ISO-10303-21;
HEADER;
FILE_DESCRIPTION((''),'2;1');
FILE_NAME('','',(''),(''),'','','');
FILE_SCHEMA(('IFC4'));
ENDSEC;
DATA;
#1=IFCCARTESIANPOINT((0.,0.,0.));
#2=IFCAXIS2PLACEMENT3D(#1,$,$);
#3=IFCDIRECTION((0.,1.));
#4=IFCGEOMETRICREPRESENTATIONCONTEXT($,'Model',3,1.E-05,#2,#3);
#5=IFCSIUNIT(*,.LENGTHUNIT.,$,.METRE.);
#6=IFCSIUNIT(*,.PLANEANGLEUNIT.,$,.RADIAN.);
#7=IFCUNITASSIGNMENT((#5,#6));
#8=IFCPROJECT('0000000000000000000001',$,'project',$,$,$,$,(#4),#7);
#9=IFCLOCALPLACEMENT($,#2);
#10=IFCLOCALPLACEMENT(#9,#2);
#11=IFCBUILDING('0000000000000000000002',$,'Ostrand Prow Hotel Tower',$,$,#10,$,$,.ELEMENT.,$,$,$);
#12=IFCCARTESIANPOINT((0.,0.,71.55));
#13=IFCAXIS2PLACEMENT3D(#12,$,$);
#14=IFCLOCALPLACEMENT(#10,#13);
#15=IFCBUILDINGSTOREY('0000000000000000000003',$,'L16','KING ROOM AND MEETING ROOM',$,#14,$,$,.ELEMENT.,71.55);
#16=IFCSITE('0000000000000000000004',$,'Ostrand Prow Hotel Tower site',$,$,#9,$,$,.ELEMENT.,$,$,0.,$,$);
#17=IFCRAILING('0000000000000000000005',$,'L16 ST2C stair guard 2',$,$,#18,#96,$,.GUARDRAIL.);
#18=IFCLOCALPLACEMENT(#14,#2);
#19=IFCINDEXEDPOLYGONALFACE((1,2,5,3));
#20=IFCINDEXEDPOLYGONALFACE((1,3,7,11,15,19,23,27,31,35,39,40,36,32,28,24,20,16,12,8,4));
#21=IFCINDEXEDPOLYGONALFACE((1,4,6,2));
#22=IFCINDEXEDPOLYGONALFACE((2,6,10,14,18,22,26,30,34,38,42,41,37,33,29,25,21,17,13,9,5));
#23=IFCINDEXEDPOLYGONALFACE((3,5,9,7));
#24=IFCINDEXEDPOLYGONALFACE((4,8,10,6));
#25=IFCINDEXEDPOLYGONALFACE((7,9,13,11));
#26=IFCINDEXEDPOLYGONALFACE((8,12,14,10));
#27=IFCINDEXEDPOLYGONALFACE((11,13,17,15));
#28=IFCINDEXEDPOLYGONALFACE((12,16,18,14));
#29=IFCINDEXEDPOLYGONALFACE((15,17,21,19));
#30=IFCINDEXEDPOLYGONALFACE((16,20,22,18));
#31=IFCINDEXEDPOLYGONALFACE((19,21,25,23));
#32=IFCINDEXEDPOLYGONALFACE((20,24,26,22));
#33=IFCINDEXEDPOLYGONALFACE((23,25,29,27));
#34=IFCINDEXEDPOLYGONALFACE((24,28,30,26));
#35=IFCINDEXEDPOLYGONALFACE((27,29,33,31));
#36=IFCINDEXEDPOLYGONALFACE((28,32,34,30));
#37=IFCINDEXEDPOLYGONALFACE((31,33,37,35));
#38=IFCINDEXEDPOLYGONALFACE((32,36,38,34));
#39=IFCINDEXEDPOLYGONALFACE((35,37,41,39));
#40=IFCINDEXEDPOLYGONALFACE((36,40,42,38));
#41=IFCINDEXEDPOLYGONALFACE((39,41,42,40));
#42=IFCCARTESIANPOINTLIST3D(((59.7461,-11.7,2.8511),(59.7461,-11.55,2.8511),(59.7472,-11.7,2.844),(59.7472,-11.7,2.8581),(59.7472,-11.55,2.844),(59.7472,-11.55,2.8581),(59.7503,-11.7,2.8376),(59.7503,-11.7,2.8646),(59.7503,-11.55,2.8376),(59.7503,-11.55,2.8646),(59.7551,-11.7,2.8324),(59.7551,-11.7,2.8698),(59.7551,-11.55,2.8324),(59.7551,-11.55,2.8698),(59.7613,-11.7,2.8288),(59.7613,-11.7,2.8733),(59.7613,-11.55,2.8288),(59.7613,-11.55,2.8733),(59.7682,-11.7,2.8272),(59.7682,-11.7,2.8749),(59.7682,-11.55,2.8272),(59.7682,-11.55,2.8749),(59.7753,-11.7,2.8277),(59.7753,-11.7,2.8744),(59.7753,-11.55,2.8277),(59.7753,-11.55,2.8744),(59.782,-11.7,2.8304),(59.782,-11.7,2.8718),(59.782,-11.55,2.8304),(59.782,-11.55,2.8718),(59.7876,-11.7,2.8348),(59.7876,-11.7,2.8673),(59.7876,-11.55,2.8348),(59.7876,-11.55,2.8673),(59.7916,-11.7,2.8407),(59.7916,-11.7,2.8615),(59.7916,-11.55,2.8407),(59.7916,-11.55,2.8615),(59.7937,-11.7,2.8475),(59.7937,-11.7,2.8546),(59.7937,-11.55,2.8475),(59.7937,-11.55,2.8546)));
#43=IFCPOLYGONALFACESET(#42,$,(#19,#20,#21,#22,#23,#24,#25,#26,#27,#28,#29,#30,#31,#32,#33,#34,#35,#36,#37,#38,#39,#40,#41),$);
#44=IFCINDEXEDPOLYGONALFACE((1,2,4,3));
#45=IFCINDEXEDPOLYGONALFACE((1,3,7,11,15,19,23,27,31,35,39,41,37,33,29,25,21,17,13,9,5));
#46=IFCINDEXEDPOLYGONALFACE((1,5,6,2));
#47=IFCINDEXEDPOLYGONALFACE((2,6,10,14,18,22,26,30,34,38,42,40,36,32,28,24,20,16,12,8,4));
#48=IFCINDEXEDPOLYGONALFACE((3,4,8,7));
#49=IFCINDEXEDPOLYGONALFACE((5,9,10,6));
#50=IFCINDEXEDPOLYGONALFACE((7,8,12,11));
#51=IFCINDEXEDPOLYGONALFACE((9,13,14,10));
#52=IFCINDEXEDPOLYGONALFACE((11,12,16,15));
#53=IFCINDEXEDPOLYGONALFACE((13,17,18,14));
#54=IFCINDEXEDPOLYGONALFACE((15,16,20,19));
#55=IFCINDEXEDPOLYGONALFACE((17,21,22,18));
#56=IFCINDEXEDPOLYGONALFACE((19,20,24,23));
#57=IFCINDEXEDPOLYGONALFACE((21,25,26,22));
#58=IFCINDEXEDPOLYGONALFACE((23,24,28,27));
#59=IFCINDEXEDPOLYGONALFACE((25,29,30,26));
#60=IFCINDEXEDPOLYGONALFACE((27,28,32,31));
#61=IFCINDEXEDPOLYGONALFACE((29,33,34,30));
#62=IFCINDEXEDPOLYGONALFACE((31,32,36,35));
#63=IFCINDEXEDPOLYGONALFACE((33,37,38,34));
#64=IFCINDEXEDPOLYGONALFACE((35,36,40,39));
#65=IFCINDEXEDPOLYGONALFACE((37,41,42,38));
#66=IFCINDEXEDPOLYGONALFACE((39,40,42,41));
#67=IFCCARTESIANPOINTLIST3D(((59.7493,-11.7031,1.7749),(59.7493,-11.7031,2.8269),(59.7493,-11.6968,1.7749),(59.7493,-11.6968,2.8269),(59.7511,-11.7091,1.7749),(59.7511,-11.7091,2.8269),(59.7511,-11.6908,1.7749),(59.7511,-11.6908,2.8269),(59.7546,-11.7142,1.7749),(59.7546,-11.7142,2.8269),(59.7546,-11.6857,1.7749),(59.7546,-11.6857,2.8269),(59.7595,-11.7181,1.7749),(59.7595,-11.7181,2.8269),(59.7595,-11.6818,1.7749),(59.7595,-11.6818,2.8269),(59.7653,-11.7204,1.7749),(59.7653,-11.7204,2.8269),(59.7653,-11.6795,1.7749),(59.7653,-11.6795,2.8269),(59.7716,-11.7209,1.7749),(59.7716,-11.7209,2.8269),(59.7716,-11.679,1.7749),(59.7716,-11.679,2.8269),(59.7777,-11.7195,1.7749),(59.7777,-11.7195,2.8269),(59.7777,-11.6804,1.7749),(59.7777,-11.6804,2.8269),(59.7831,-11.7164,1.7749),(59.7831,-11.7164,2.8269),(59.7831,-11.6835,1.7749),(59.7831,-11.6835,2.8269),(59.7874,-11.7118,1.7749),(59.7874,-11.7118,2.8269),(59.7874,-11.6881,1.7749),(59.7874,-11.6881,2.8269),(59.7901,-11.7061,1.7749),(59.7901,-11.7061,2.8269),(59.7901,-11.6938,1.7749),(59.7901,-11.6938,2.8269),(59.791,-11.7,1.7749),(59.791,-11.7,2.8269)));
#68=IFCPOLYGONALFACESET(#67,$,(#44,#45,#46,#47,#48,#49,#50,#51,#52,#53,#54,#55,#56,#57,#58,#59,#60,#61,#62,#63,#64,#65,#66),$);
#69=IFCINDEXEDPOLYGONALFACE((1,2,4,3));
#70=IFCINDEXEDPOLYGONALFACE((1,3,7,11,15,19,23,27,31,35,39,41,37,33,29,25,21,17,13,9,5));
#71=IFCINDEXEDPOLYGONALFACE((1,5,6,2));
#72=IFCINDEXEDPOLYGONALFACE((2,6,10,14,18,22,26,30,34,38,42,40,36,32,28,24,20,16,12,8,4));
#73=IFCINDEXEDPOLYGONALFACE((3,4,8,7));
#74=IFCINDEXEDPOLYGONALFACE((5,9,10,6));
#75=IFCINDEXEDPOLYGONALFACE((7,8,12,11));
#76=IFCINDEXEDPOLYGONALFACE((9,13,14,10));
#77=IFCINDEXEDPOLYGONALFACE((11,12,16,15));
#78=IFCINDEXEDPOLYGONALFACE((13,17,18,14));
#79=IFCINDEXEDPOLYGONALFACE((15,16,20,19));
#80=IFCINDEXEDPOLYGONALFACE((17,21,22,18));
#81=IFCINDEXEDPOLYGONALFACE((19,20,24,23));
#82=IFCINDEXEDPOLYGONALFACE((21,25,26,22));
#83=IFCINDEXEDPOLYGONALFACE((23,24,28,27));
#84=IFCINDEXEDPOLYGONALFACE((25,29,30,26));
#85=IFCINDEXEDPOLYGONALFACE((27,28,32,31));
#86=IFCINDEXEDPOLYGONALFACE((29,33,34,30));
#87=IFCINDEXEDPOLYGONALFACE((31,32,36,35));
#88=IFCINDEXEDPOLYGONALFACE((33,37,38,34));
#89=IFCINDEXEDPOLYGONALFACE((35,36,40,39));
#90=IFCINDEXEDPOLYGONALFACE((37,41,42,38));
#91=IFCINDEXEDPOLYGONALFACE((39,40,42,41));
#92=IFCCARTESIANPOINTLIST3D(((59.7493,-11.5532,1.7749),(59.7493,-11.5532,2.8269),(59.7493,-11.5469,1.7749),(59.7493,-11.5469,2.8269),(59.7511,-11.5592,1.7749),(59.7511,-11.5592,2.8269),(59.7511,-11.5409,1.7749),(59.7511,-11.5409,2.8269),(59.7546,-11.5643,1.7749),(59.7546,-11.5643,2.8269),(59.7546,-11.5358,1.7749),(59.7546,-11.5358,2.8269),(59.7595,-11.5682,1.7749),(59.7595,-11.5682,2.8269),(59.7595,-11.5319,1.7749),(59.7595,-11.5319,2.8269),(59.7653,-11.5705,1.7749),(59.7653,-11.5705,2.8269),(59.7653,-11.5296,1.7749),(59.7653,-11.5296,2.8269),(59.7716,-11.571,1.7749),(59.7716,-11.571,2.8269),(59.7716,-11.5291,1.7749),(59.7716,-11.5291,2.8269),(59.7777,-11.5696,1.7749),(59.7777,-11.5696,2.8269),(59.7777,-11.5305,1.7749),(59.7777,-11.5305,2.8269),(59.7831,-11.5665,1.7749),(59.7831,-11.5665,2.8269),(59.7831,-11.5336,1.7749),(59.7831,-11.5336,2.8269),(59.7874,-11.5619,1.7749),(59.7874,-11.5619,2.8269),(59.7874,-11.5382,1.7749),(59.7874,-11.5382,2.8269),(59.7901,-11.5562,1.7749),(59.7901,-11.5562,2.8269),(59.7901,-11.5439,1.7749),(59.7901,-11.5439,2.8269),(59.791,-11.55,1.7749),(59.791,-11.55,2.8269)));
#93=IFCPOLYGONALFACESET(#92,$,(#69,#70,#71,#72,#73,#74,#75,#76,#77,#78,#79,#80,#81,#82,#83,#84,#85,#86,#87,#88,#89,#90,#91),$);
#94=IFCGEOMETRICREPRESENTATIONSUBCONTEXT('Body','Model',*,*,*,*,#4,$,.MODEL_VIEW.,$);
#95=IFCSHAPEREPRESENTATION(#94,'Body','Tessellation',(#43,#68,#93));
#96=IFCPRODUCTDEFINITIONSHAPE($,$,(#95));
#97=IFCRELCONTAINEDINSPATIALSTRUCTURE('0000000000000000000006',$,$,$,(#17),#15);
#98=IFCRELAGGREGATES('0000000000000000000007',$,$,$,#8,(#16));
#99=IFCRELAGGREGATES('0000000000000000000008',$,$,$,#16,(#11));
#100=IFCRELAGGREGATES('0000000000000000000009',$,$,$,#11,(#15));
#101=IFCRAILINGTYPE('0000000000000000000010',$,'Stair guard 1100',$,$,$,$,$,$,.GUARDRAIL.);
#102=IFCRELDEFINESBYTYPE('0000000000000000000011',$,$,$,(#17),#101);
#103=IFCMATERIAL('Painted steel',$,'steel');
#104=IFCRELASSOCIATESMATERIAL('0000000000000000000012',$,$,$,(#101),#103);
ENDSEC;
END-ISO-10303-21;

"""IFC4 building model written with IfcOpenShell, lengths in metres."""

from ifc_helpers import new_model, si_unit, direction, frame, origin, origin_2d, place, context, subcontext, project, spatial, circle, extrude, material, type_object, element, save


model = new_model("IFC4")

# Units and contexts
model_context = context("Model", 3, precision=1e-05, world=origin(), true_north=direction((0.0, 1.0)))
body_context = subcontext(model_context, "Body", "Model", "MODEL_VIEW")
ifc_project = project(units=[si_unit("LENGTHUNIT", "METRE"), si_unit("PLANEANGLEUNIT", "RADIAN")], contexts=[model_context])

# Site, building, storey
site_placement = place(None, origin())
site = spatial("IfcSite", under=ifc_project, at=site_placement, Name="Ostrand Prow Hotel Tower site", CompositionType="ELEMENT", RefElevation=0.0)
building_placement = place(site_placement, origin())
building = spatial("IfcBuilding", under=site, at=building_placement, Name="Ostrand Prow Hotel Tower", CompositionType="ELEMENT")
storey_placement = place(building_placement, frame((0.0, 0.0, 71.55)))
storey = spatial("IfcBuildingStorey", under=building, at=storey_placement, Name="L16", Description="KING ROOM AND MEETING ROOM", CompositionType="ELEMENT", Elevation=71.55)

# Railing
ifc_material_1 = material(Name="Painted steel", Category="steel")
railing_type_1 = type_object("IfcRailingType", Name="Stair guard 1100", PredefinedType="GUARDRAIL", material=ifc_material_1)
railing_1_placement = place(storey_placement, frame((59.77, -11.7, 1.7749)))
element("IfcRailing", 1, at=railing_1_placement, inside=storey, type_object=railing_type_1, Name="L16 ST2C stair guard 2", PredefinedType="GUARDRAIL", context=body_context, shape_type="SweptSolid", body=[
    extrude(circle(Radius=0.0239, at=origin_2d()), frame((0.0, 0.0, 1.0762), z_axis=(0.0, 1.0, 0.0), x_axis=(-1.0, 0.0, 0.0)), (0.0, 0.0, 1.0), 0.1499),
    extrude(circle(Radius=0.021, at=origin_2d()), origin(), (0.0, 0.0, 1.0), 1.052),
    extrude(circle(Radius=0.021, at=origin_2d()), frame((0.0, 0.1499, 0.0)), (0.0, 0.0, 1.0), 1.052),
])

save(model, "model.ifc")
